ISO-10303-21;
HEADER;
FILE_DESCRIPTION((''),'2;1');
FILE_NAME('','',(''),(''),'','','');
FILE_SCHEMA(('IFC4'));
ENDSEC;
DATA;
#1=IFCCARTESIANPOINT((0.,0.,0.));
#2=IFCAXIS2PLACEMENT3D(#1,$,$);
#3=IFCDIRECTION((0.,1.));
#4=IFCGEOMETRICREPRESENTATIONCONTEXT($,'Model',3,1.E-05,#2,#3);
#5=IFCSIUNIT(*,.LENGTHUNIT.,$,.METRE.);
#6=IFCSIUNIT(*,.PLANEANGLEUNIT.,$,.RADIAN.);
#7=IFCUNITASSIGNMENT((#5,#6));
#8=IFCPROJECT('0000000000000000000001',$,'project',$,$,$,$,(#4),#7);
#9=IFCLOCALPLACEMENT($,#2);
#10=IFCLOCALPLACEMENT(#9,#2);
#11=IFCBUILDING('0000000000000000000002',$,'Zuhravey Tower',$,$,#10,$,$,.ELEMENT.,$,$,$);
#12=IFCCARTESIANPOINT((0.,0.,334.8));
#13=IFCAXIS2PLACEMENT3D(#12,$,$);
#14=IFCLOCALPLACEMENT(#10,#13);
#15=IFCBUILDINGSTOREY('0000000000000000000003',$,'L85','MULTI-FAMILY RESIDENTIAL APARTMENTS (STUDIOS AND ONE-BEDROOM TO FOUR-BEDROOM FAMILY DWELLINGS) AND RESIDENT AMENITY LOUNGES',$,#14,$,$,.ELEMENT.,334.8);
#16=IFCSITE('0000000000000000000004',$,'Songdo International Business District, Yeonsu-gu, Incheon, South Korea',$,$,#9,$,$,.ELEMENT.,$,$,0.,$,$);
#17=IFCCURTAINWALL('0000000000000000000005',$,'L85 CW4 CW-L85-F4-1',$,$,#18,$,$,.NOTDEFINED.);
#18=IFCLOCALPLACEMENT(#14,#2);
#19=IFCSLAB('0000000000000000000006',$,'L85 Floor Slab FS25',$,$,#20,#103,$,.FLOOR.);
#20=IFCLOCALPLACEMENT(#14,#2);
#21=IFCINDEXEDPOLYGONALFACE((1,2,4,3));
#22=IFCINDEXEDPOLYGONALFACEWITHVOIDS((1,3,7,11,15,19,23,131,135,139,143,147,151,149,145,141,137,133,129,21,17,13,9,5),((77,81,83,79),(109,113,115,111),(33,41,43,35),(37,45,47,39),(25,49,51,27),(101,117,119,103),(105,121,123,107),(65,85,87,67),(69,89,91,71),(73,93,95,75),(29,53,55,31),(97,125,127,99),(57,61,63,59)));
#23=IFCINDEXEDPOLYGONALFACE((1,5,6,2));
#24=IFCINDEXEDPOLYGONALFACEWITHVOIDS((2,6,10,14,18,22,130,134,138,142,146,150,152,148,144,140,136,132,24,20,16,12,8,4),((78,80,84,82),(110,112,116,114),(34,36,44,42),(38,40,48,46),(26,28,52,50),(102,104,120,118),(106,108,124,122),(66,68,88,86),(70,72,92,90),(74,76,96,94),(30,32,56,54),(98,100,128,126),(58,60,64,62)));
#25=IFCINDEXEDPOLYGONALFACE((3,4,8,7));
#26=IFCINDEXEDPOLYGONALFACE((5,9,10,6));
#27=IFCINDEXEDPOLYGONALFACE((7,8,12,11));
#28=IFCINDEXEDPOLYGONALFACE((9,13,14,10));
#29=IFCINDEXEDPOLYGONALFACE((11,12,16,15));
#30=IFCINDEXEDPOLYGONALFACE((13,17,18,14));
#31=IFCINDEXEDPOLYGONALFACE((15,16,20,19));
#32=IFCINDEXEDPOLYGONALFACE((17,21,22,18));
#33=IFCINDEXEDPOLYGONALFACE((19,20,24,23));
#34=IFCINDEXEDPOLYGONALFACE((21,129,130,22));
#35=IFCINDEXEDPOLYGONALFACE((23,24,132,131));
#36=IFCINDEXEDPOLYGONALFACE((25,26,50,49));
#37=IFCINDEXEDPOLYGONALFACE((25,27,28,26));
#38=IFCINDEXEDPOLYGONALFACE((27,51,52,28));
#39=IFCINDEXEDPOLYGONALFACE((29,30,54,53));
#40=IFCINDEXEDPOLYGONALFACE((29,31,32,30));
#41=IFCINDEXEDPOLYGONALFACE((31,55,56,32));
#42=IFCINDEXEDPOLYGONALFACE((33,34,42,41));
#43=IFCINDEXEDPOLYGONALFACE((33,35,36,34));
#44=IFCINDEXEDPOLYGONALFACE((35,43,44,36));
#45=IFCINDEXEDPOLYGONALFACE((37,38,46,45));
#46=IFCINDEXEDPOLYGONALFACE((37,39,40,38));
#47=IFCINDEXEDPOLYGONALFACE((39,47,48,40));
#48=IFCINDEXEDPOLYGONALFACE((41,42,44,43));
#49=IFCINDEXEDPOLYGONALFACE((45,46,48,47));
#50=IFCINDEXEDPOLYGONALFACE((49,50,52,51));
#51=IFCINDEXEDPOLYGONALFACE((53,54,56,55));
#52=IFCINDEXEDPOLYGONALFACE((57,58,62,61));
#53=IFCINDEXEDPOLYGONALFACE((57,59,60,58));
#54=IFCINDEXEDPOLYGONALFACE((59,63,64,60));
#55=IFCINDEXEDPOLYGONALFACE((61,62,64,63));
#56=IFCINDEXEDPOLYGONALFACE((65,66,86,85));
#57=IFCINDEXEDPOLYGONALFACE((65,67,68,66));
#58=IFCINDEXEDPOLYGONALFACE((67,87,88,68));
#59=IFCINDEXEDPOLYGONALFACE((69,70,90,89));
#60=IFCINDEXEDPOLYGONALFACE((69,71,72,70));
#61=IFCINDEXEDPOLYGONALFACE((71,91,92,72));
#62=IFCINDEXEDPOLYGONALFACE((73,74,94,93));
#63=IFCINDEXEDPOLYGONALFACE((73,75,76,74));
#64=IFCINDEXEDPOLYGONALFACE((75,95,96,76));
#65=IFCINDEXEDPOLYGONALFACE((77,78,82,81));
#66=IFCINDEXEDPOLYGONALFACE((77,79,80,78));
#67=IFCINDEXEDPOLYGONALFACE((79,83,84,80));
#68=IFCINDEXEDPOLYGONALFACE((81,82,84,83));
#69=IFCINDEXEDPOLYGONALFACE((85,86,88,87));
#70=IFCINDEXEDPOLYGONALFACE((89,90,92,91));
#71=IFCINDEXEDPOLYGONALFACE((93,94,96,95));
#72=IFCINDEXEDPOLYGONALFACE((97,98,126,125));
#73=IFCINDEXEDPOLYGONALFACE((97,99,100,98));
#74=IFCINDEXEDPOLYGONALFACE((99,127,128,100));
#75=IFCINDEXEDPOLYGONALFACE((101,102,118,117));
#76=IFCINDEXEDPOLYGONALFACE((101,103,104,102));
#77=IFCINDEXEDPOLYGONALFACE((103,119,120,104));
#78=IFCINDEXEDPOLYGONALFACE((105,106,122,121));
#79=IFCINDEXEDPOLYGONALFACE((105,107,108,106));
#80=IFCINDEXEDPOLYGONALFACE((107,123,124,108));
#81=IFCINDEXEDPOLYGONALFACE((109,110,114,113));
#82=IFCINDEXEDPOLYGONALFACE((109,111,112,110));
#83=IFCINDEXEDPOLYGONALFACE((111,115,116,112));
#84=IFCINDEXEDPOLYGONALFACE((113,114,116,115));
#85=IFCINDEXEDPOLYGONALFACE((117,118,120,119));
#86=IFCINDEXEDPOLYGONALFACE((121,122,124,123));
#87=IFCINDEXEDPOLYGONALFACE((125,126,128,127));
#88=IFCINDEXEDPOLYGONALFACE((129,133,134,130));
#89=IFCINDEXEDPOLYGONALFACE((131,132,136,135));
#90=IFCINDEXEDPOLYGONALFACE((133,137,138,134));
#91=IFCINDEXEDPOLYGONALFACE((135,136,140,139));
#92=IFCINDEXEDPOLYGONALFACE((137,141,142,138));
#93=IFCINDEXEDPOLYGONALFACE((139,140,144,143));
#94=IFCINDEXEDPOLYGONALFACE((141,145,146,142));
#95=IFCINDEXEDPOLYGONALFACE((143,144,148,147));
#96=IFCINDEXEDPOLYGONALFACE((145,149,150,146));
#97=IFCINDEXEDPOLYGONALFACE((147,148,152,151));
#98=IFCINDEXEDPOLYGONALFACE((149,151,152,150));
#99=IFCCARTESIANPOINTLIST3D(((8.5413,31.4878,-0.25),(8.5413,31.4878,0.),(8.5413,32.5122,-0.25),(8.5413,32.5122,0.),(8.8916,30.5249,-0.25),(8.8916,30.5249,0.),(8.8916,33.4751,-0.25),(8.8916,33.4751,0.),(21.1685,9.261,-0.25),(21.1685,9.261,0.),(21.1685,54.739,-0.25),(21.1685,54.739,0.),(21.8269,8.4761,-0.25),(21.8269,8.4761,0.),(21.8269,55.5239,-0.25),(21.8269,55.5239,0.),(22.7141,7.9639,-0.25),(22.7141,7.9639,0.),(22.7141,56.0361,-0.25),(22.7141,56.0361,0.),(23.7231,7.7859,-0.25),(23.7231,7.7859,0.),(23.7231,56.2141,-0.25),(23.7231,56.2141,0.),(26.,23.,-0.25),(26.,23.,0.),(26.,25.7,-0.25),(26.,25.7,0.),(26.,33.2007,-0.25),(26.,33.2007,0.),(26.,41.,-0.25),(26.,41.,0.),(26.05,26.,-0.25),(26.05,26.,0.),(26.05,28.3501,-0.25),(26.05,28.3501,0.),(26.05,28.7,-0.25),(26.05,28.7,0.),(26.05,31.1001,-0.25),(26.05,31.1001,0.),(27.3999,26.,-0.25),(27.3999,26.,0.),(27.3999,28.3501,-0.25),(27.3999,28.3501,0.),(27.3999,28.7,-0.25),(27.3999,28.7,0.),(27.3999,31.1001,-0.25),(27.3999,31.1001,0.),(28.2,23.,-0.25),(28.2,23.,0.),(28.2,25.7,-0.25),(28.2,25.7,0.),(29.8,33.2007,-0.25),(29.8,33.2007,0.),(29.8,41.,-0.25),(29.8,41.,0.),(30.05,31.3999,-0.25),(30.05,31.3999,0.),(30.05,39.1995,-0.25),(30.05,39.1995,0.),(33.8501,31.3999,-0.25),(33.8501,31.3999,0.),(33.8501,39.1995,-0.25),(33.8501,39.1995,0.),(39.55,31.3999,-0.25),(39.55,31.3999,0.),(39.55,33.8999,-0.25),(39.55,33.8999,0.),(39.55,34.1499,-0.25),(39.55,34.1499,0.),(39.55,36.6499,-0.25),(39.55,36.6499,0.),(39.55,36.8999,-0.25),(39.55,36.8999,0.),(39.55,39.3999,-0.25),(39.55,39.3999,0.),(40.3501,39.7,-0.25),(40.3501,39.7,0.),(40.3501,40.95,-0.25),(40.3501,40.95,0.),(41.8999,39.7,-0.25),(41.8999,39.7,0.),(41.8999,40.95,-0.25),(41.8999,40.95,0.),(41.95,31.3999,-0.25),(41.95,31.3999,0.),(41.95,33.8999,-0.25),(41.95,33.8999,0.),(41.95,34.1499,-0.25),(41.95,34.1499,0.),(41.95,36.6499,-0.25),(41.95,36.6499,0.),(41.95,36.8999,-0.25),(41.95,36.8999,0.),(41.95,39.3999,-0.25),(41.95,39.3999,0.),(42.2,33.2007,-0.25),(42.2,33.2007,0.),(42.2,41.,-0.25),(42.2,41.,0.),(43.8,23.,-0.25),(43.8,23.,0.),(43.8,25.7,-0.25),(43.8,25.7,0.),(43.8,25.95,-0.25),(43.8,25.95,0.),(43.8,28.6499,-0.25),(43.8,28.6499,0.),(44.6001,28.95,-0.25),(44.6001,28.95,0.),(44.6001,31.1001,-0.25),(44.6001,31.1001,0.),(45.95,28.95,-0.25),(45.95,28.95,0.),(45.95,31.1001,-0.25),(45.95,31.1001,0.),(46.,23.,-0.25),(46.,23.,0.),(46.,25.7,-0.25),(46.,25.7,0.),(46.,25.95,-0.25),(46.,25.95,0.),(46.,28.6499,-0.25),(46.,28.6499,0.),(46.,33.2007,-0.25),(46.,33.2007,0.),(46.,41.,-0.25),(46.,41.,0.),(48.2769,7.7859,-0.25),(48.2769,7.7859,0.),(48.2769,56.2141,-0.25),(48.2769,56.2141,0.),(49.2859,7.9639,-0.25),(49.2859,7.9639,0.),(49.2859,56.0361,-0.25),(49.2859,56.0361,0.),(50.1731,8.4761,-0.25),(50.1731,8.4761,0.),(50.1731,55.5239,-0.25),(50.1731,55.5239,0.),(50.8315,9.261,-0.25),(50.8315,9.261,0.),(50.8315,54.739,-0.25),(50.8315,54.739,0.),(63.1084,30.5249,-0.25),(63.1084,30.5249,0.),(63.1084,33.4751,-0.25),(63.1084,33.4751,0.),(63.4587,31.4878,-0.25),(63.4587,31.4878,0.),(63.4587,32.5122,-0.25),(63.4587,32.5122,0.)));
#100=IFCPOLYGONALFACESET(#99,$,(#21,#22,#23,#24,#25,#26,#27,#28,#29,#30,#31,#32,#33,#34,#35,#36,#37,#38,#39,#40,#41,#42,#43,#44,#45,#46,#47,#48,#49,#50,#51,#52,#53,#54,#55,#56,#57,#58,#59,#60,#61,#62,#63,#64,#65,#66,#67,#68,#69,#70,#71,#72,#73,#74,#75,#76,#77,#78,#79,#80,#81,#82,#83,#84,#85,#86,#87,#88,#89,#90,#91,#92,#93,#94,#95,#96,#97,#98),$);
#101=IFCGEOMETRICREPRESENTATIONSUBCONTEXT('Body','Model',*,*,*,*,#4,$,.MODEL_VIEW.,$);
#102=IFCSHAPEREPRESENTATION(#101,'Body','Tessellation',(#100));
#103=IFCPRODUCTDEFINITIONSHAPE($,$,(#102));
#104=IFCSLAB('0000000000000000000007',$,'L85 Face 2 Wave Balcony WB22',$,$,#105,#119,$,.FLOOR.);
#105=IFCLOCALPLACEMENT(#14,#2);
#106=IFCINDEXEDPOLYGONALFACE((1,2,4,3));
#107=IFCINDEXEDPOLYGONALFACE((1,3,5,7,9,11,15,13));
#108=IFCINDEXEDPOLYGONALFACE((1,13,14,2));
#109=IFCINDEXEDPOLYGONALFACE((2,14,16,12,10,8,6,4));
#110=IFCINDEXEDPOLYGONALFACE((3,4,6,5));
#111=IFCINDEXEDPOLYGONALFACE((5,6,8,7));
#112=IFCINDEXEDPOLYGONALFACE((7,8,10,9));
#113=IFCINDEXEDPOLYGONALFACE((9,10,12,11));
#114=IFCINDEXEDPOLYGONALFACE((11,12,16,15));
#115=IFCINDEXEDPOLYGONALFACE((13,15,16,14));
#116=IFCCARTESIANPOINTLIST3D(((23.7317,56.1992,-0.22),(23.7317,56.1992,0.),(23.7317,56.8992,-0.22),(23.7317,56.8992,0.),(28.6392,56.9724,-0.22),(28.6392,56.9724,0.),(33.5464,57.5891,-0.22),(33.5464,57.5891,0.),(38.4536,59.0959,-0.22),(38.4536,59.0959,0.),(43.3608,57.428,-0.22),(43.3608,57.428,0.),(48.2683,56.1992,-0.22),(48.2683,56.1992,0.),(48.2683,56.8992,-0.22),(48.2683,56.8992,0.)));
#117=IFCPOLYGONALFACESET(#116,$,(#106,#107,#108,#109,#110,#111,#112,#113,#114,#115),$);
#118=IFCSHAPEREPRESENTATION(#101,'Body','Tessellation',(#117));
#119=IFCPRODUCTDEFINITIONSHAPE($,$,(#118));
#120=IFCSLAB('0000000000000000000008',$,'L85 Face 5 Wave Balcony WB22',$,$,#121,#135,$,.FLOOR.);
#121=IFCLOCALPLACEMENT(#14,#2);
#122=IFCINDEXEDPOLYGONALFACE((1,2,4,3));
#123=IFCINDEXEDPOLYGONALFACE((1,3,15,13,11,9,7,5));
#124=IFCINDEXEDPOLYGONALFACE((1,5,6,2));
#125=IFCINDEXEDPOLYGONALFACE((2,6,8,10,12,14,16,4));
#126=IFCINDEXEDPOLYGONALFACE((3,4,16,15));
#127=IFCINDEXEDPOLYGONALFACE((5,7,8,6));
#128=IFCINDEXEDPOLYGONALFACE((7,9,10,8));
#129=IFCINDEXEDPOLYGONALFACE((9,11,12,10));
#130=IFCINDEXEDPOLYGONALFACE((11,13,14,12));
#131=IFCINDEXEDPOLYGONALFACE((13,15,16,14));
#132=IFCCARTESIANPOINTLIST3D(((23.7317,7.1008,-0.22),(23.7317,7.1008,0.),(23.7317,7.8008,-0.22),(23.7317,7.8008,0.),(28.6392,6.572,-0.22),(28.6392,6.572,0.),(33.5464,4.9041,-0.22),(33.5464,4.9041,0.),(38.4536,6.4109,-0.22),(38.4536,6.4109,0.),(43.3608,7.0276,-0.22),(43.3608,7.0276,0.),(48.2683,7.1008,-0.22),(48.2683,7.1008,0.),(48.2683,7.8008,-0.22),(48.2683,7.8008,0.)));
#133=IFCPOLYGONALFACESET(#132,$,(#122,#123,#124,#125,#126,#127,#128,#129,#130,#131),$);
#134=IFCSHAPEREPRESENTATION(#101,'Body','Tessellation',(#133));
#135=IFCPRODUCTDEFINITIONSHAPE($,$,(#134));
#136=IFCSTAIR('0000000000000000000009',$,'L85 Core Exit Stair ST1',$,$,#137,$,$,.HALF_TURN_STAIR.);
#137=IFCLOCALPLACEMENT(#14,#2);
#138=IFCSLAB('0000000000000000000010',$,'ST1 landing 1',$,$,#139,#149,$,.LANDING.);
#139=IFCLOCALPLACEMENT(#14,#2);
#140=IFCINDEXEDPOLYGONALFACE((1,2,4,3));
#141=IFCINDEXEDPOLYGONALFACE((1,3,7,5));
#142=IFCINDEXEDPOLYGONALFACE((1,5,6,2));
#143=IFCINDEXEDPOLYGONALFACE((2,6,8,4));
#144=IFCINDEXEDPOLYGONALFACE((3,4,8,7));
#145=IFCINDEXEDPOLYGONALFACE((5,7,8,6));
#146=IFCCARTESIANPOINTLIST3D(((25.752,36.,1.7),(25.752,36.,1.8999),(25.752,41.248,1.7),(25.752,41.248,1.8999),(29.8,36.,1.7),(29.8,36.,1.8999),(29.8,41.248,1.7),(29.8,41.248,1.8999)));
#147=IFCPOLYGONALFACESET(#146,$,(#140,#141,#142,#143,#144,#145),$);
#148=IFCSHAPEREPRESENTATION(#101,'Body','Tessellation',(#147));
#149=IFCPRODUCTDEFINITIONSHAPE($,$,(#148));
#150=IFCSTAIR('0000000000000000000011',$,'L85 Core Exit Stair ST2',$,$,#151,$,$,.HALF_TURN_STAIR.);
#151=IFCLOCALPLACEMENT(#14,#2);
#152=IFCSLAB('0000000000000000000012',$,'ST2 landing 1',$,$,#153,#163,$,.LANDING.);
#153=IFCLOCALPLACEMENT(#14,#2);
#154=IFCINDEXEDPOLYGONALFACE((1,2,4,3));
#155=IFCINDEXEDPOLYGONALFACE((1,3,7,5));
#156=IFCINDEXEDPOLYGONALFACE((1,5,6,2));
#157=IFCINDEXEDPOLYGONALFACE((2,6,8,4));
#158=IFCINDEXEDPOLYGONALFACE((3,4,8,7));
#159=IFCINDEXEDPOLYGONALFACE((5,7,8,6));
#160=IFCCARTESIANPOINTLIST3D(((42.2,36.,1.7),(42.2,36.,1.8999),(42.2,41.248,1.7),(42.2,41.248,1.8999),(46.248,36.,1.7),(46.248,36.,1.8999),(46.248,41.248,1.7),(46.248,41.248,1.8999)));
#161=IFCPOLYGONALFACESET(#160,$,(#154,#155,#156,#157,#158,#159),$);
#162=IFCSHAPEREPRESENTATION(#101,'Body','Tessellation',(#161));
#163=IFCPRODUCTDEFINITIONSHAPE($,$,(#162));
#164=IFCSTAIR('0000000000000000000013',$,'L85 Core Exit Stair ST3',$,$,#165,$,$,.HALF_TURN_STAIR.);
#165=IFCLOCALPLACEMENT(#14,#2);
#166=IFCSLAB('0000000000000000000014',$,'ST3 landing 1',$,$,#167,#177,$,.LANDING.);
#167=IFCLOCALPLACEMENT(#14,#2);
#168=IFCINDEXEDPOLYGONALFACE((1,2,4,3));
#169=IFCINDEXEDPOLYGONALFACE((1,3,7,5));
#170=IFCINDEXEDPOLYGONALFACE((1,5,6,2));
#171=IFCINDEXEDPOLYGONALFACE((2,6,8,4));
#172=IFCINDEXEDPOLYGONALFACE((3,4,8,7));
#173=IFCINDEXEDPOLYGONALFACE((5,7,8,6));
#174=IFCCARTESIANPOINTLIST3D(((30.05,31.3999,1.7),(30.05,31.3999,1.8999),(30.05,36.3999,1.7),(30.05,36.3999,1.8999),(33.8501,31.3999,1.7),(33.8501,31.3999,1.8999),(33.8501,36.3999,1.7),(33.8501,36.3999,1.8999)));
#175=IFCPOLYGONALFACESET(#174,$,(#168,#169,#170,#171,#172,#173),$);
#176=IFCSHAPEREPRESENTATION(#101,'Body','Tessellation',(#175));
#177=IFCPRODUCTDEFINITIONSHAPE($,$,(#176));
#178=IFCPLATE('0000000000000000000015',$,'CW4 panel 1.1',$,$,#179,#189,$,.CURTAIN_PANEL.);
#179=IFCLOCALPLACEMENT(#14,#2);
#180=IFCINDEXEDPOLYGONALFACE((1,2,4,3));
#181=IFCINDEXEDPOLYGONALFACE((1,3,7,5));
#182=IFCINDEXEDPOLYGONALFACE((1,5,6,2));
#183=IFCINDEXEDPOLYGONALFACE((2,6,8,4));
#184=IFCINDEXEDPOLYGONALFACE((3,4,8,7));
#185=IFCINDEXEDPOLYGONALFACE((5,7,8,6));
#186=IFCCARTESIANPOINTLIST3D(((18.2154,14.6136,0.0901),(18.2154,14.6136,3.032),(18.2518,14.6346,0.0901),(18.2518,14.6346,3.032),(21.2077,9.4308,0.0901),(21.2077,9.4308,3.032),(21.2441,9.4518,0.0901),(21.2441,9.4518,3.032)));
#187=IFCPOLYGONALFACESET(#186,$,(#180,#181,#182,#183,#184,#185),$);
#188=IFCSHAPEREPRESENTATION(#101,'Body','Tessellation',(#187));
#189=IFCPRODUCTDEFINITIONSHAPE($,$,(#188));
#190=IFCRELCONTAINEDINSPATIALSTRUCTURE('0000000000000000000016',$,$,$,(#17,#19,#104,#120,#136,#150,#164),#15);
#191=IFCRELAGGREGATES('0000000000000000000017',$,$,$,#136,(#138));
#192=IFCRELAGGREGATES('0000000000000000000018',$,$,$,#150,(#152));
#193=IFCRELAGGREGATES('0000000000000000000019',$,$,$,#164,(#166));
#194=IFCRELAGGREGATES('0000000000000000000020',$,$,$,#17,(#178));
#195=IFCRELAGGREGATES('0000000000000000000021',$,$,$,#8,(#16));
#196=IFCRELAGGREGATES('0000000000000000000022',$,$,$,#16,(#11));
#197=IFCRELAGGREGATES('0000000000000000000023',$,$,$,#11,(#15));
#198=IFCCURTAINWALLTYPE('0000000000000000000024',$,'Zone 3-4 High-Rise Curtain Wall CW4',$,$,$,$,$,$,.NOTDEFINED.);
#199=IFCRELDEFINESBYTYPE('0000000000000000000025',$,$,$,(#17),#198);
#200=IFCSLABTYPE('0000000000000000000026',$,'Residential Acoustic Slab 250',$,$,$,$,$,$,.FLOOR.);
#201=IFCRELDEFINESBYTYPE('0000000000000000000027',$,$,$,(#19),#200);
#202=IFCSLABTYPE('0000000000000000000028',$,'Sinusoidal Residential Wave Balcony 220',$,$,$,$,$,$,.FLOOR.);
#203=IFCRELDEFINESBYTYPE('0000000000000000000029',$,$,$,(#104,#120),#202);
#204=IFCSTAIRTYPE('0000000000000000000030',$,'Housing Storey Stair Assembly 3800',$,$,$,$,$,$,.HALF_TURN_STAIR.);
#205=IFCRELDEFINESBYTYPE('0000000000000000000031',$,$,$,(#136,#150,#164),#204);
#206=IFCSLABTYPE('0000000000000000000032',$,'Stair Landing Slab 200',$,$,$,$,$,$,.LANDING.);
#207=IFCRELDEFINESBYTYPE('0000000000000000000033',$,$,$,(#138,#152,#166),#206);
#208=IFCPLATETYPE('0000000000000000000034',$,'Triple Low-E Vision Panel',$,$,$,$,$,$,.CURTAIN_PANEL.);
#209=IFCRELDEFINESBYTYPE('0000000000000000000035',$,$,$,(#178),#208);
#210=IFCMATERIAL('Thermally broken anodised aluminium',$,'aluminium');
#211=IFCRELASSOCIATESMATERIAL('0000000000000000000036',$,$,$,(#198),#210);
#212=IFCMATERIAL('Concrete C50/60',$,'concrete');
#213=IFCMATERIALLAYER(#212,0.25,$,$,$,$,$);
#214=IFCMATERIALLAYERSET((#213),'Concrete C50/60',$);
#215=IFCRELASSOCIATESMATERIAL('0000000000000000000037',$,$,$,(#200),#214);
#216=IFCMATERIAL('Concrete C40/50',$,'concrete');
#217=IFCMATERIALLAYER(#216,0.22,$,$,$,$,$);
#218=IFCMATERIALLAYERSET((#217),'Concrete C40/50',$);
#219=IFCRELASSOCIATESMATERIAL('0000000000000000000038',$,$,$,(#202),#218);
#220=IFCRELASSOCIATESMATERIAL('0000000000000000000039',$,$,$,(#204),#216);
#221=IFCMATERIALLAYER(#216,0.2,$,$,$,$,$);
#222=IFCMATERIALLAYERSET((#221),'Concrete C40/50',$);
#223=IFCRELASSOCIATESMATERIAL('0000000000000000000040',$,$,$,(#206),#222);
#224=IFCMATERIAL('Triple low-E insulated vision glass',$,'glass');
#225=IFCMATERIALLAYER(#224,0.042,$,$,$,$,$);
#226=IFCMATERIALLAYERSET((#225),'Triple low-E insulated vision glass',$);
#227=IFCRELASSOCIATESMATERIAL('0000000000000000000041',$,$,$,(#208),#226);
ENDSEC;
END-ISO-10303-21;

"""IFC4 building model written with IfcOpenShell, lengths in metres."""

from ifc_helpers import new_model, si_unit, direction, frame, origin, origin_2d, place, context, subcontext, project, spatial, polyline, rectangle, outline, extrude, material, layer, layer_set, type_object, element, aggregate, save


model = new_model("IFC4")

# Units and contexts
model_context = context("Model", 3, precision=1e-05, world=origin(), true_north=direction((0.0, 1.0)))
body_context = subcontext(model_context, "Body", "Model", "MODEL_VIEW")
ifc_project = project(units=[si_unit("LENGTHUNIT", "METRE"), si_unit("PLANEANGLEUNIT", "RADIAN")], contexts=[model_context])

# Site, building, storey
site_placement = place(None, origin())
site = spatial("IfcSite", under=ifc_project, at=site_placement, Name="Songdo International Business District, Yeonsu-gu, Incheon, South Korea", CompositionType="ELEMENT", RefElevation=0.0)
building_placement = place(site_placement, origin())
building = spatial("IfcBuilding", under=site, at=building_placement, Name="Zuhravey Tower", CompositionType="ELEMENT")
storey_placement = place(building_placement, frame((0.0, 0.0, 334.8)))
storey = spatial("IfcBuildingStorey", under=building, at=storey_placement, Name="L85", Description="MULTI-FAMILY RESIDENTIAL APARTMENTS (STUDIOS AND ONE-BEDROOM TO FOUR-BEDROOM FAMILY DWELLINGS) AND RESIDENT AMENITY LOUNGES", CompositionType="ELEMENT", Elevation=334.8)

# Shared definitions
ifc_material_1 = material(Name="Concrete C50/60", Category="concrete")

# Curtain wall
ifc_material_2 = material(Name="Thermally broken anodised aluminium", Category="aluminium")
curtain_wall_type = type_object("IfcCurtainWallType", Name="Zone 3-4 High-Rise Curtain Wall CW4", PredefinedType="NOTDEFINED", material=ifc_material_2)
curtain_wall_placement = place(storey_placement, origin())
curtain_wall = element("IfcCurtainWall", 1, at=curtain_wall_placement, inside=storey, type_object=curtain_wall_type, Name="L85 CW4 CW-L85-F4-1", PredefinedType="NOTDEFINED")

# Slabs
ifc_layer_1 = layer(ifc_material_1, 0.25)
ifc_layer_set_1 = layer_set([ifc_layer_1], Name="Concrete C50/60")
slab_type_1 = type_object("IfcSlabType", Name="Residential Acoustic Slab 250", PredefinedType="FLOOR", material=ifc_layer_set_1)
slab_1_placement = place(storey_placement, frame((0.0, 0.0, -0.25)))
element("IfcSlab", 2, at=slab_1_placement, inside=storey, type_object=slab_type_1, Name="L85 Floor Slab FS25", PredefinedType="FLOOR", context=body_context, shape_type="SweptSolid", body=[
    extrude(outline(polyline([(63.1084, 30.5249), (63.4587, 31.4878), (63.4587, 32.5122), (63.1084, 33.4751), (50.8315, 54.739), (50.1731, 55.5239), (49.2859, 56.0361), (48.2769, 56.2141), (23.7231, 56.2141), (22.7141, 56.0361), (21.8269, 55.5239), (21.1685, 54.739), (8.8916, 33.4751), (8.5413, 32.5122), (8.5413, 31.4878), (8.8916, 30.5249), (21.1685, 9.261), (21.8269, 8.4761), (22.7141, 7.9639), (23.7231, 7.7859), (48.2769, 7.7859), (49.2859, 7.9639), (50.1731, 8.4761), (50.8315, 9.261), (63.1084, 30.5249)]), holes=[polyline([(29.8, 33.2007), (29.8, 41.0), (26.0, 41.0), (26.0, 33.2007), (29.8, 33.2007)]), polyline([(46.0, 33.2007), (46.0, 41.0), (42.2, 41.0), (42.2, 33.2007), (46.0, 33.2007)]), polyline([(30.05, 39.1995), (30.05, 31.3999), (33.8501, 31.3999), (33.8501, 39.1995), (30.05, 39.1995)]), polyline([(39.55, 31.3999), (41.95, 31.3999), (41.95, 33.8999), (39.55, 33.8999), (39.55, 31.3999)]), polyline([(39.55, 34.1499), (41.95, 34.1499), (41.95, 36.6499), (39.55, 36.6499), (39.55, 34.1499)]), polyline([(39.55, 36.8999), (41.95, 36.8999), (41.95, 39.3999), (39.55, 39.3999), (39.55, 36.8999)]), polyline([(26.0, 23.0), (28.2, 23.0), (28.2, 25.7), (26.0, 25.7), (26.0, 23.0)]), polyline([(43.8, 23.0), (46.0, 23.0), (46.0, 25.7), (43.8, 25.7), (43.8, 23.0)]), polyline([(43.8, 25.95), (46.0, 25.95), (46.0, 28.6499), (43.8, 28.6499), (43.8, 25.95)]), polyline([(26.05, 26.0), (27.3999, 26.0), (27.3999, 28.3501), (26.05, 28.3501), (26.05, 26.0)]), polyline([(26.05, 28.7), (27.3999, 28.7), (27.3999, 31.1001), (26.05, 31.1001), (26.05, 28.7)]), polyline([(44.6001, 28.95), (45.95, 28.95), (45.95, 31.1001), (44.6001, 31.1001), (44.6001, 28.95)]), polyline([(40.3501, 39.7), (41.8999, 39.7), (41.8999, 40.95), (40.3501, 40.95), (40.3501, 39.7)])]), origin(), (0.0, 0.0, 1.0), 0.25),
])
ifc_material_3 = material(Name="Concrete C40/50", Category="concrete")
ifc_layer_2 = layer(ifc_material_3, 0.22)
ifc_layer_set_2 = layer_set([ifc_layer_2], Name="Concrete C40/50")
slab_type_2 = type_object("IfcSlabType", Name="Sinusoidal Residential Wave Balcony 220", PredefinedType="FLOOR", material=ifc_layer_set_2)
slab_2_placement = place(storey_placement, frame((0.0, 0.0, -0.22)))
element("IfcSlab", 3, at=slab_2_placement, inside=storey, type_object=slab_type_2, Name="L85 Face 2 Wave Balcony WB22", PredefinedType="FLOOR", context=body_context, shape_type="SweptSolid", body=[
    extrude(outline(polyline([(48.2683, 56.1992), (23.7317, 56.1992), (23.7317, 56.8992), (28.6392, 56.9724), (33.5464, 57.5891), (38.4536, 59.0959), (43.3608, 57.428), (48.2683, 56.8992), (48.2683, 56.1992)])), origin(), (0.0, 0.0, 1.0), 0.22),
])
slab_3_placement = place(storey_placement, frame((0.0, 0.0, -0.22)))
element("IfcSlab", 4, at=slab_3_placement, inside=storey, type_object=slab_type_2, Name="L85 Face 5 Wave Balcony WB22", PredefinedType="FLOOR", context=body_context, shape_type="SweptSolid", body=[
    extrude(outline(polyline([(23.7317, 7.8008), (48.2683, 7.8008), (48.2683, 7.1008), (43.3608, 7.0276), (38.4536, 6.4109), (33.5464, 4.9041), (28.6392, 6.572), (23.7317, 7.1008), (23.7317, 7.8008)])), origin(), (0.0, 0.0, 1.0), 0.22),
])

# Stairs, slabs
stair_type = type_object("IfcStairType", Name="Housing Storey Stair Assembly 3800", PredefinedType="HALF_TURN_STAIR", material=ifc_material_3)
stair_1_placement = place(storey_placement, origin())
stair_1 = element("IfcStair", 5, at=stair_1_placement, inside=storey, type_object=stair_type, Name="L85 Core Exit Stair ST1", PredefinedType="HALF_TURN_STAIR")
ifc_layer_3 = layer(ifc_material_3, 0.2)
ifc_layer_set_3 = layer_set([ifc_layer_3], Name="Concrete C40/50")
slab_type_3 = type_object("IfcSlabType", Name="Stair Landing Slab 200", PredefinedType="LANDING", material=ifc_layer_set_3)
slab_4_placement = place(storey_placement, frame((0.0, 0.0, 1.7)))
slab_4 = element("IfcSlab", 6, at=slab_4_placement, type_object=slab_type_3, Name="ST1 landing 1", PredefinedType="LANDING", context=body_context, shape_type="SweptSolid", body=[
    extrude(outline(polyline([(29.8, 36.0), (29.8, 41.248), (25.752, 41.248), (25.752, 36.0), (29.8, 36.0)])), origin(), (0.0, 0.0, 1.0), 0.2),
])
aggregate(stair_1, [slab_4])
stair_2_placement = place(storey_placement, origin())
stair_2 = element("IfcStair", 7, at=stair_2_placement, inside=storey, type_object=stair_type, Name="L85 Core Exit Stair ST2", PredefinedType="HALF_TURN_STAIR")
slab_5_placement = place(storey_placement, frame((0.0, 0.0, 1.7)))
slab_5 = element("IfcSlab", 8, at=slab_5_placement, type_object=slab_type_3, Name="ST2 landing 1", PredefinedType="LANDING", context=body_context, shape_type="SweptSolid", body=[
    extrude(outline(polyline([(46.248, 36.0), (46.248, 41.248), (42.2, 41.248), (42.2, 36.0), (46.248, 36.0)])), origin(), (0.0, 0.0, 1.0), 0.2),
])
aggregate(stair_2, [slab_5])
stair_3_placement = place(storey_placement, origin())
stair_3 = element("IfcStair", 9, at=stair_3_placement, inside=storey, type_object=stair_type, Name="L85 Core Exit Stair ST3", PredefinedType="HALF_TURN_STAIR")
slab_6_placement = place(storey_placement, frame((0.0, 0.0, 1.7)))
slab_6 = element("IfcSlab", 10, at=slab_6_placement, type_object=slab_type_3, Name="ST3 landing 1", PredefinedType="LANDING", context=body_context, shape_type="SweptSolid", body=[
    extrude(outline(polyline([(30.05, 36.3999), (30.05, 31.3999), (33.8501, 31.3999), (33.8501, 36.3999), (30.05, 36.3999)])), origin(), (0.0, 0.0, 1.0), 0.2),
])
aggregate(stair_3, [slab_6])

# Plate
ifc_material_4 = material(Name="Triple low-E insulated vision glass", Category="glass")
ifc_layer_4 = layer(ifc_material_4, 0.042)
ifc_layer_set_4 = layer_set([ifc_layer_4], Name="Triple low-E insulated vision glass")
plate_type = type_object("IfcPlateType", Name="Triple Low-E Vision Panel", PredefinedType="CURTAIN_PANEL", material=ifc_layer_set_4)
plate_1_placement = place(storey_placement, frame((19.7297, 12.0327, 0.0901), z_axis=(0.0, 0.0, 1.0), x_axis=(-0.5, 0.866026, 0.0)))
plate_1 = element("IfcPlate", 11, at=plate_1_placement, type_object=plate_type, Name="CW4 panel 1.1", PredefinedType="CURTAIN_PANEL", context=body_context, shape_type="SweptSolid", body=[
    extrude(rectangle(XDim=5.9846, YDim=0.042, at=origin_2d()), origin(), (0.0, 0.0, 1.0), 2.9419),
])
aggregate(curtain_wall, [plate_1])

save(model, "model.ifc")
